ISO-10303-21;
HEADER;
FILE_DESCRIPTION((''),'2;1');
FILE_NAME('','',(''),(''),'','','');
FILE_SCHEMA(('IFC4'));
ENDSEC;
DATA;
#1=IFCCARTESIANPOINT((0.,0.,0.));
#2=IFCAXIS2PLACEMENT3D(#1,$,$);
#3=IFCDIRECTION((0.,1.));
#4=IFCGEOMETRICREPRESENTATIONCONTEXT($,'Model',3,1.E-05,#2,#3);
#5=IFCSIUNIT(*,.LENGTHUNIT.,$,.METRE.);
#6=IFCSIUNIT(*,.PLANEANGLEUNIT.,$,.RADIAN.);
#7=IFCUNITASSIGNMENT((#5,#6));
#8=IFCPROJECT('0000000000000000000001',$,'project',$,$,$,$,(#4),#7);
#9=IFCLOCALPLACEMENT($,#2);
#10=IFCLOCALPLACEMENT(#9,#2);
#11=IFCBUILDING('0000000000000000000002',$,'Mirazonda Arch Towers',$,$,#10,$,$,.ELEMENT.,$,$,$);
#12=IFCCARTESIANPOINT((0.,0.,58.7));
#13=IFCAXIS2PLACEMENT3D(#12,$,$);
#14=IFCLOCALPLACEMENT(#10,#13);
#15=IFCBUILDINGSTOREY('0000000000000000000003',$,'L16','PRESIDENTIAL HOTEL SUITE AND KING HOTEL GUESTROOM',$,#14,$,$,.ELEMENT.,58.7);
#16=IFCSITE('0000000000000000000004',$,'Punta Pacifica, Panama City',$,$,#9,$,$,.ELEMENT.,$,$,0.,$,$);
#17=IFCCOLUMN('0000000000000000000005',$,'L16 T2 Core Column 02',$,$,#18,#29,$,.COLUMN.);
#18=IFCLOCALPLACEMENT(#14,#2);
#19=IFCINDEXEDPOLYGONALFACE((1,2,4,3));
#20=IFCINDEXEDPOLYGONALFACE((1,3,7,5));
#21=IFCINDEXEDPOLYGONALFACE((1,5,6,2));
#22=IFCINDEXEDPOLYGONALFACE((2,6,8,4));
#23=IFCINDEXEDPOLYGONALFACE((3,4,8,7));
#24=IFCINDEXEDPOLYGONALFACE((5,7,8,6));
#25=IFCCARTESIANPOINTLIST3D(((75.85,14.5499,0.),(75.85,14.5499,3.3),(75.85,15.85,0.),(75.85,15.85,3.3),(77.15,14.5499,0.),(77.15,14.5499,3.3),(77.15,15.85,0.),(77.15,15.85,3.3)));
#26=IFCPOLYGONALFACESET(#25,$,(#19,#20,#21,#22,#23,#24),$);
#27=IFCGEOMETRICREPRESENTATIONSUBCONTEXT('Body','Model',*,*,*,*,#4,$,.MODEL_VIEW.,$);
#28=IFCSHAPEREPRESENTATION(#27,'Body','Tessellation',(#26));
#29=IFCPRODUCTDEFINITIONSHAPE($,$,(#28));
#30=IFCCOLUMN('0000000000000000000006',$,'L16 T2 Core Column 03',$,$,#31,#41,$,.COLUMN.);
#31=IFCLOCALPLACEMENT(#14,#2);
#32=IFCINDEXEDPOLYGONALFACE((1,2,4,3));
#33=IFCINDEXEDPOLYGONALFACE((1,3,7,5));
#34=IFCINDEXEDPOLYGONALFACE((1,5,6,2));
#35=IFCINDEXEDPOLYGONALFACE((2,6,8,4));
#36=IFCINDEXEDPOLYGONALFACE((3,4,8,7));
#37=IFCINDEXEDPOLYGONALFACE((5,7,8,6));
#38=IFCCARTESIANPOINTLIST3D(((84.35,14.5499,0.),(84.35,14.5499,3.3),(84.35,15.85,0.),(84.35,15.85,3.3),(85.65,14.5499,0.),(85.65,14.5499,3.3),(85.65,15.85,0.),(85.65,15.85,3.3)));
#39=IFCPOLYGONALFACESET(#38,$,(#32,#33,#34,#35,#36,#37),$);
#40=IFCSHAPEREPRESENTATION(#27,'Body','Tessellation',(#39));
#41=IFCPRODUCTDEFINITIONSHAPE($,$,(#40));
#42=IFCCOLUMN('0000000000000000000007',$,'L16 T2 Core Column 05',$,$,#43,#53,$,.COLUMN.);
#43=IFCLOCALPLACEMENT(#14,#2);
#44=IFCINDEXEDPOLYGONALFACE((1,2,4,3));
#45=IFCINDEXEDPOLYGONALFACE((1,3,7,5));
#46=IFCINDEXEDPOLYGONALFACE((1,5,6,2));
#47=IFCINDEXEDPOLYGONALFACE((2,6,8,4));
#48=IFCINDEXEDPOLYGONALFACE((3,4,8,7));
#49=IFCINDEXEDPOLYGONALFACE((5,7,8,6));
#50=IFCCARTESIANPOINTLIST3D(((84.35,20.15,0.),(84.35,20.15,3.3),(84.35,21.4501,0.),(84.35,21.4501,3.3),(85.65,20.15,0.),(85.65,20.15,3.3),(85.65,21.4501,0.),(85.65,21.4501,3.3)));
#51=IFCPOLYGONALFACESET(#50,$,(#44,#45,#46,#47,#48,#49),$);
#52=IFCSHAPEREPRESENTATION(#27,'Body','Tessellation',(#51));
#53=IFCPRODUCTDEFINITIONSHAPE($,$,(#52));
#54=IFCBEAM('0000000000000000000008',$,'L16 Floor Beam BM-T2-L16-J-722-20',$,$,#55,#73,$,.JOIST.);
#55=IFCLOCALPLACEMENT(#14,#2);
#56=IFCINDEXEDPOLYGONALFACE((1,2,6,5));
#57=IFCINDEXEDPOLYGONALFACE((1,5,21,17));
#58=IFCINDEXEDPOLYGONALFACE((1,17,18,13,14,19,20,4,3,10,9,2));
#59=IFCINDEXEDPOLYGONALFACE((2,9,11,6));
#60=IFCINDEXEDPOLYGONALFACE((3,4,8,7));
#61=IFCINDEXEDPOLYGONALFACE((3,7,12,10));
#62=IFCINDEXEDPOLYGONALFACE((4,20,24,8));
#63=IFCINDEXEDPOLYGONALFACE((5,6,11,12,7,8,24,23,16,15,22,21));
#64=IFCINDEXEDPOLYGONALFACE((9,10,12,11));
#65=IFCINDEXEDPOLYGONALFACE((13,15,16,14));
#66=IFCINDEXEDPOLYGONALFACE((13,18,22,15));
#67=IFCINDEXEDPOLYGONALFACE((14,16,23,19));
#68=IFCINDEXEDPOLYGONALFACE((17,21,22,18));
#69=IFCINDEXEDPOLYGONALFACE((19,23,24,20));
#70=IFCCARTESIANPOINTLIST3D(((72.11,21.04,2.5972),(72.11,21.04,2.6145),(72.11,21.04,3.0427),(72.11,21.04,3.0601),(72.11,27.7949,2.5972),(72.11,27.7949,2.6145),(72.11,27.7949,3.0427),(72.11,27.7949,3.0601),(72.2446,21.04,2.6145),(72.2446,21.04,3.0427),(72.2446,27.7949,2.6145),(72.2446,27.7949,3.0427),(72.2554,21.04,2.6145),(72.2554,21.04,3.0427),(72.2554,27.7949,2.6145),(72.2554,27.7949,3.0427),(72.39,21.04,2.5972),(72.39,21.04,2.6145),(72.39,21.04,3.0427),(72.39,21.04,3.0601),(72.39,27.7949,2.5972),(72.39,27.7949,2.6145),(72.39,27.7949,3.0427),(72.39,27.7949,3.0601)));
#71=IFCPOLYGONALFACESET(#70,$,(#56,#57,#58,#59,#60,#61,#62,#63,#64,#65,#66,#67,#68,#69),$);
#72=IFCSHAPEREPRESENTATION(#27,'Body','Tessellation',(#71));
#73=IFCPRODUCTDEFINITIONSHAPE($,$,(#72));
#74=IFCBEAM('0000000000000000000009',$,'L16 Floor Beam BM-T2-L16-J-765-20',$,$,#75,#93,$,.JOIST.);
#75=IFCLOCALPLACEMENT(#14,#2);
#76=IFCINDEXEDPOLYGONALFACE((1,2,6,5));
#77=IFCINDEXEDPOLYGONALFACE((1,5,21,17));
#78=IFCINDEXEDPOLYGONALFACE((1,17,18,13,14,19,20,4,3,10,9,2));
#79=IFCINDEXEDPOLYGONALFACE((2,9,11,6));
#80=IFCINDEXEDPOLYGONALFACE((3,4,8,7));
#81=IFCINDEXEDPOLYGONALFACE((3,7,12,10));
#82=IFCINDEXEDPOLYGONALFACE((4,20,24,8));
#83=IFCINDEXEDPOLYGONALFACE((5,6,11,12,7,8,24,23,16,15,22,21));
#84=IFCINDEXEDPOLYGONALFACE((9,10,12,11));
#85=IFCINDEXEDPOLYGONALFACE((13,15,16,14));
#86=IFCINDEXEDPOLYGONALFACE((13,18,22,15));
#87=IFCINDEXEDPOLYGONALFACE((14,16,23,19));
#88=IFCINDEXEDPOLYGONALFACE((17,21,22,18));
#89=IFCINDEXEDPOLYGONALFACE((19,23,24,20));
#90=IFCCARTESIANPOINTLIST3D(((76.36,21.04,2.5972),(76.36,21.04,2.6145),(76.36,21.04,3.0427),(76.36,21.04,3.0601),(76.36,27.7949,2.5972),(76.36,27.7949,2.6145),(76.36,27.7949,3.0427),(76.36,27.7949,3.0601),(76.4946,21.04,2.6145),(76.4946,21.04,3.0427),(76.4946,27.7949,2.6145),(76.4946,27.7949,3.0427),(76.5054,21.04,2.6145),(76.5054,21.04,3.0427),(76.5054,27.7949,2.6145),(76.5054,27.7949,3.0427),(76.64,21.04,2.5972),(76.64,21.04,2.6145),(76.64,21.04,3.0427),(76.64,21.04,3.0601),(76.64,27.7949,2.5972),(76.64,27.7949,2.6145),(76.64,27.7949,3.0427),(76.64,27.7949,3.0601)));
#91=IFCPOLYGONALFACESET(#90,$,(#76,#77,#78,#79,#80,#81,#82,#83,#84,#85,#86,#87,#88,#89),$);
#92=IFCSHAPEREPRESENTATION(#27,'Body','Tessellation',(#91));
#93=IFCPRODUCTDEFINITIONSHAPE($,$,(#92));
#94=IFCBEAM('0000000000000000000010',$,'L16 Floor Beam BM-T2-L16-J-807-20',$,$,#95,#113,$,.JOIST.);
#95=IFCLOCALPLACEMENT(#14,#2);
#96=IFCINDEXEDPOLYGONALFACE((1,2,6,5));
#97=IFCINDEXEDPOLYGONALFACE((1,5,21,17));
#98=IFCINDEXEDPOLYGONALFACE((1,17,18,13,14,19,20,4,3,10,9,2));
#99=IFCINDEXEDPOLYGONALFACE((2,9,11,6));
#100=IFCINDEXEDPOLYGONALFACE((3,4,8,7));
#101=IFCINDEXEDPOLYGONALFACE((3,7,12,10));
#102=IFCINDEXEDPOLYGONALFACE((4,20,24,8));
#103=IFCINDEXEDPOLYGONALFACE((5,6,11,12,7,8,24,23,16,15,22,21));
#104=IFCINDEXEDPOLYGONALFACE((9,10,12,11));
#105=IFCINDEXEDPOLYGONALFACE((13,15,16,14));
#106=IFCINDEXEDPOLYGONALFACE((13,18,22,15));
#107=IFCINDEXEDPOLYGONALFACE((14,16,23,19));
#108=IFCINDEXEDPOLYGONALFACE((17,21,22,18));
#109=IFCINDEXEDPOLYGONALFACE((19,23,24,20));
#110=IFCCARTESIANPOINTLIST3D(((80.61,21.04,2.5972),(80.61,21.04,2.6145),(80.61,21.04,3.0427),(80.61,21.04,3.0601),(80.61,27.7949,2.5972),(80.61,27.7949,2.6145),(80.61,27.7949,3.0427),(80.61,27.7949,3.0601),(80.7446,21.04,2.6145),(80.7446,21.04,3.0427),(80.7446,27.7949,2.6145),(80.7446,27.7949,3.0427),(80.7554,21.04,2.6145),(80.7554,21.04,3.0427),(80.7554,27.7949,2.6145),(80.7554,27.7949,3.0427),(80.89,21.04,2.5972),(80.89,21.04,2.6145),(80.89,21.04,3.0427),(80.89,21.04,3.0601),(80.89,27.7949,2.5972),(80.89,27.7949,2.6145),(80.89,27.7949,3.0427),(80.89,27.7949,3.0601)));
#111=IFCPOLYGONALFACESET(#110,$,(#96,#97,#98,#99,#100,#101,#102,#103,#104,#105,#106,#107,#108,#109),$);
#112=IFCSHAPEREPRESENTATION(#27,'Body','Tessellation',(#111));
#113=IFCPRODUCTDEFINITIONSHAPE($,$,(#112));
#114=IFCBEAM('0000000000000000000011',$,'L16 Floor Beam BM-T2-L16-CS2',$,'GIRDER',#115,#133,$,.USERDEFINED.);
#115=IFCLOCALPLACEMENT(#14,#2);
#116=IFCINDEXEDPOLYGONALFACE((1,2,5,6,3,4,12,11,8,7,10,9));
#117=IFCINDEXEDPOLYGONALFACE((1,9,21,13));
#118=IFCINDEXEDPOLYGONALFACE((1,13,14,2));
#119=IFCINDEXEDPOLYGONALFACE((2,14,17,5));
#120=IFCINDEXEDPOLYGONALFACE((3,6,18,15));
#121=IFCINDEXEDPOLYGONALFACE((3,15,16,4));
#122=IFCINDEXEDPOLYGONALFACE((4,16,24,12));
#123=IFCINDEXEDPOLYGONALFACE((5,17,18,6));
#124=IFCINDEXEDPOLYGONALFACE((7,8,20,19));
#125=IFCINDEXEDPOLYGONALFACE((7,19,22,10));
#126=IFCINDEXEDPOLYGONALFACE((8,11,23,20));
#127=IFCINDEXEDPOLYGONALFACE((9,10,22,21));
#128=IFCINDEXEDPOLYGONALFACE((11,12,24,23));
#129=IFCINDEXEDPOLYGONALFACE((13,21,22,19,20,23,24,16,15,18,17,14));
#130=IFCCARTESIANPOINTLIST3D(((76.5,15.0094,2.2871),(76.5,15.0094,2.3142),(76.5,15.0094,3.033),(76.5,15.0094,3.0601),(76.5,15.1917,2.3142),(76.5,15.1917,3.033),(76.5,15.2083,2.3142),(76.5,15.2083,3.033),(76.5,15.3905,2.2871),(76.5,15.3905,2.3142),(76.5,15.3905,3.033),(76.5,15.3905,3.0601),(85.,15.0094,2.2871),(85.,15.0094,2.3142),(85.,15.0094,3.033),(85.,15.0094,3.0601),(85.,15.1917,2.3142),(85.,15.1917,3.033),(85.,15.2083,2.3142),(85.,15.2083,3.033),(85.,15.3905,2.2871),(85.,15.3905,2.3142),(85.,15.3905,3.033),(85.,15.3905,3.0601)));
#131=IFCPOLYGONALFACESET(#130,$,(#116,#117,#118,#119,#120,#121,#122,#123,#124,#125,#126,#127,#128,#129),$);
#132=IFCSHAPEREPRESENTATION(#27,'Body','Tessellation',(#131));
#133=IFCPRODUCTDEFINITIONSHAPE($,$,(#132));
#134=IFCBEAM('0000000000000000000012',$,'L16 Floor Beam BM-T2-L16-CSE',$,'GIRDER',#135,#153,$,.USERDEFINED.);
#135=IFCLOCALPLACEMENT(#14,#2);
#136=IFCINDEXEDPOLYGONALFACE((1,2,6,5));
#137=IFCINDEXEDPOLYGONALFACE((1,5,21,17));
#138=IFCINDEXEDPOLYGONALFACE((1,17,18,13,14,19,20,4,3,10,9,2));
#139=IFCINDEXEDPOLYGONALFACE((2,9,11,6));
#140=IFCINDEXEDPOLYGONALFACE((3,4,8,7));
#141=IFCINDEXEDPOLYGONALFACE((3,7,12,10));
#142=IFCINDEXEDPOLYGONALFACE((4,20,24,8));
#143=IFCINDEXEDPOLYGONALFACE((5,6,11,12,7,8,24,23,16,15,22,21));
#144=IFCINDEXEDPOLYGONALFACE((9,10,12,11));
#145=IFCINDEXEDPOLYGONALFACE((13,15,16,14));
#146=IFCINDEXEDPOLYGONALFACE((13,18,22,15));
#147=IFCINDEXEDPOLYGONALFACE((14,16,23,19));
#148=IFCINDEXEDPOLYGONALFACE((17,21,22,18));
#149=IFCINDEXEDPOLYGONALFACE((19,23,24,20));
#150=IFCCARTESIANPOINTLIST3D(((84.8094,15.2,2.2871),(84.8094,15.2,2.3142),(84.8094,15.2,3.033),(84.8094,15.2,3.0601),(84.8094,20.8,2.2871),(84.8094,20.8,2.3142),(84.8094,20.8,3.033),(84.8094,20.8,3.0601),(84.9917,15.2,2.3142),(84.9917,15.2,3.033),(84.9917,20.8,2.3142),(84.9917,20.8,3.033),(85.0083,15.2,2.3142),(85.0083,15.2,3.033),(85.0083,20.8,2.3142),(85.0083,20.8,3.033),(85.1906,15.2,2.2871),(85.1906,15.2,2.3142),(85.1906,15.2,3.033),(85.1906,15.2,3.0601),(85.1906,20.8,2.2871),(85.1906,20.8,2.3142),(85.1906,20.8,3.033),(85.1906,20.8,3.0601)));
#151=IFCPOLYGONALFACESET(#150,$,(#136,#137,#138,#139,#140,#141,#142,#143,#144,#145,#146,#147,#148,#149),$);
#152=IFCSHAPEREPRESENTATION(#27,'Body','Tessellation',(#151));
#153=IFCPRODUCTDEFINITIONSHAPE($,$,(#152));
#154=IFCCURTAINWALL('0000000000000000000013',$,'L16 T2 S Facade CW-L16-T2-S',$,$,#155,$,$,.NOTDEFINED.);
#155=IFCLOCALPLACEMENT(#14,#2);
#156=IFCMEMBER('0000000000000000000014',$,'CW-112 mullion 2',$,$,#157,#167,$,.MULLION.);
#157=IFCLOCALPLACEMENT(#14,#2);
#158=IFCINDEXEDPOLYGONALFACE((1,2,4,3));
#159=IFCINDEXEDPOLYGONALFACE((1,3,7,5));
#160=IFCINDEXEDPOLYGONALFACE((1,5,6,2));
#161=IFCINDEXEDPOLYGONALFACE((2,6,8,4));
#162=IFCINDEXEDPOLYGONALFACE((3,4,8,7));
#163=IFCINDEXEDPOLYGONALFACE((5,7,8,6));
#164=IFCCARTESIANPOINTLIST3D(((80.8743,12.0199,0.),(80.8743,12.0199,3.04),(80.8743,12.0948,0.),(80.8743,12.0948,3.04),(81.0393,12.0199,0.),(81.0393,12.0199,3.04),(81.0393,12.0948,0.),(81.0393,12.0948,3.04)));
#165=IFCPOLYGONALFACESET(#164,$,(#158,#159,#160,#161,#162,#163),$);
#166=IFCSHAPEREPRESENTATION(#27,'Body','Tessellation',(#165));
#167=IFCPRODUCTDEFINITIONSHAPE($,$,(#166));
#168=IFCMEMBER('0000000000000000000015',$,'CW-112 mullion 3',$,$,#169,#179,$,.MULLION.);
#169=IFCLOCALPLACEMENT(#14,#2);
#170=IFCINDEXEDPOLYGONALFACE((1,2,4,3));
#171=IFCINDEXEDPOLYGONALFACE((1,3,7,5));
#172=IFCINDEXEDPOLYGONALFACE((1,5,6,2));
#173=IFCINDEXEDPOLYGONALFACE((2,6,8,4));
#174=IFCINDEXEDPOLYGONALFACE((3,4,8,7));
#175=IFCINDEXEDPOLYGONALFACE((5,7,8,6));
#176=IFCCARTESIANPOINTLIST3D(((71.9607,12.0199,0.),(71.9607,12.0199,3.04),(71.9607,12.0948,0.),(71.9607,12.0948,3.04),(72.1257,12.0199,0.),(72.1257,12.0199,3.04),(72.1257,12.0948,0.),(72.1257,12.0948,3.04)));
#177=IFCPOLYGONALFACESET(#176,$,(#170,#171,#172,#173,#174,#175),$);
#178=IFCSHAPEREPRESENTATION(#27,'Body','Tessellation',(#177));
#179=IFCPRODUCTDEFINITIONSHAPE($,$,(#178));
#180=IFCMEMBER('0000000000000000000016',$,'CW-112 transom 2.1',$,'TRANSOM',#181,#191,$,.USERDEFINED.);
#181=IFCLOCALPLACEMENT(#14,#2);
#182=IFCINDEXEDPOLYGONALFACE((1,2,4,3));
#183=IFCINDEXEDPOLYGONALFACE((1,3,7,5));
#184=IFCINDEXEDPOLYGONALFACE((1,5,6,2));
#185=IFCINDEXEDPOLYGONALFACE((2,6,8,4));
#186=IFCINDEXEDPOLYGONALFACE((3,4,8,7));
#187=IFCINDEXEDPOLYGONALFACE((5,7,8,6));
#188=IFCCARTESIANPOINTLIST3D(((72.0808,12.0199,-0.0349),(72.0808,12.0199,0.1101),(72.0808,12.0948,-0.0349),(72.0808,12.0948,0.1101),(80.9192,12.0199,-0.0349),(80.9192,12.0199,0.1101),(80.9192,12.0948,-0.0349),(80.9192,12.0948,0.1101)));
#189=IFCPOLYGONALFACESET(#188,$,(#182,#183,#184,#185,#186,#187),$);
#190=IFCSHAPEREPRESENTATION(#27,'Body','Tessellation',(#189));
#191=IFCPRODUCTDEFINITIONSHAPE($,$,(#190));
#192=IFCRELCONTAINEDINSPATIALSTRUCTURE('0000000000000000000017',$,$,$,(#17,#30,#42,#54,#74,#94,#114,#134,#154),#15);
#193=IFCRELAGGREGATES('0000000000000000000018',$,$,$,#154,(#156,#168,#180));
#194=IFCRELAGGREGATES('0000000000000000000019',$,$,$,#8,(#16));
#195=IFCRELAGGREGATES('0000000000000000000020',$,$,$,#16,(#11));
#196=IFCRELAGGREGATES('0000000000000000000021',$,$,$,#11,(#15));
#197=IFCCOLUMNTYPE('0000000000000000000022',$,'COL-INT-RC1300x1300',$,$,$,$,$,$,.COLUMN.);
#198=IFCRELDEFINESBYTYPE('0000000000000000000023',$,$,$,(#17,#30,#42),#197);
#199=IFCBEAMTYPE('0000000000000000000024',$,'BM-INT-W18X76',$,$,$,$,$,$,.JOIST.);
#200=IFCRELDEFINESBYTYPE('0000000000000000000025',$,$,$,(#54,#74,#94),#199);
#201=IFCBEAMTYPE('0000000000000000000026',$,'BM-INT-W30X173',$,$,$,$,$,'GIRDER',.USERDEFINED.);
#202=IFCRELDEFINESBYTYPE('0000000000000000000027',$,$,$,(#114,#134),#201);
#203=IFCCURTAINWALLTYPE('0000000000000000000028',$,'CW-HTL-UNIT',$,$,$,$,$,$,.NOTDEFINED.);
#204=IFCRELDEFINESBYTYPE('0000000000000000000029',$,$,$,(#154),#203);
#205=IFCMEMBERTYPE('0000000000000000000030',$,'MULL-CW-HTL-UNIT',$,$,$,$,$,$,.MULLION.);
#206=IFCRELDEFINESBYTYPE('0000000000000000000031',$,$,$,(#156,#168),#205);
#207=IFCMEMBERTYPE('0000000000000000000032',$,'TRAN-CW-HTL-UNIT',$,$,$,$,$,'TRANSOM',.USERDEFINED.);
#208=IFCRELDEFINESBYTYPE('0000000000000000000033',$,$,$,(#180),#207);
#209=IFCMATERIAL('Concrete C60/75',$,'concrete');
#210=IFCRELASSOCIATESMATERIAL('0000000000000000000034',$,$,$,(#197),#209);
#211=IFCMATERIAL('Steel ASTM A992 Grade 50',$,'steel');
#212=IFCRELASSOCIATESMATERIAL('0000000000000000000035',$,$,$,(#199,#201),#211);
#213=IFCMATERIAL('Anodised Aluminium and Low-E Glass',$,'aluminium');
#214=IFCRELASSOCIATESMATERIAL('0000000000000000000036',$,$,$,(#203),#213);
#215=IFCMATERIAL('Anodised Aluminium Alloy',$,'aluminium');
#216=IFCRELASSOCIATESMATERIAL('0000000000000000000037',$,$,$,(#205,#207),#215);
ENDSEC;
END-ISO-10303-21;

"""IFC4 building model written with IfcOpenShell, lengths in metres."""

from ifc_helpers import new_model, si_unit, direction, frame, origin, origin_2d, place, context, subcontext, project, spatial, rectangle, i_section, extrude, material, material_profile, profile_set, type_object, element, aggregate, save


model = new_model("IFC4")

# Units and contexts
model_context = context("Model", 3, precision=1e-05, world=origin(), true_north=direction((0.0, 1.0)))
body_context = subcontext(model_context, "Body", "Model", "MODEL_VIEW")
ifc_project = project(units=[si_unit("LENGTHUNIT", "METRE"), si_unit("PLANEANGLEUNIT", "RADIAN")], contexts=[model_context])

# Site, building, storey
site_placement = place(None, origin())
site = spatial("IfcSite", under=ifc_project, at=site_placement, Name="Punta Pacifica, Panama City", CompositionType="ELEMENT", RefElevation=0.0)
building_placement = place(site_placement, origin())
building = spatial("IfcBuilding", under=site, at=building_placement, Name="Mirazonda Arch Towers", CompositionType="ELEMENT")
storey_placement = place(building_placement, frame((0.0, 0.0, 58.7)))
storey = spatial("IfcBuildingStorey", under=building, at=storey_placement, Name="L16", Description="PRESIDENTIAL HOTEL SUITE AND KING HOTEL GUESTROOM", CompositionType="ELEMENT", Elevation=58.7)

# Columns
ifc_material_1 = material(Name="Concrete C60/75", Category="concrete")
ifc_material_profile_1 = material_profile(ifc_material_1, rectangle(XDim=1.3, YDim=1.3, at=origin_2d()), Name="RC1300x1300")
ifc_profile_set_1 = profile_set([ifc_material_profile_1], Name="Concrete C60/75")
column_type = type_object("IfcColumnType", Name="COL-INT-RC1300x1300", PredefinedType="COLUMN", material=ifc_profile_set_1)
for number, where, z_axis, x_axis, name in (
    (1, (76.5, 15.2, 0.0), (0.0, 0.0, 1.0), (1.0, 0.0, 0.0), "L16 T2 Core Column 02"),
    (2, (85.0, 15.2, 0.0), (0.0, 0.0, 1.0), (1.0, 0.0, 0.0), "L16 T2 Core Column 03"),
    (3, (85.0, 20.8, 0.0), (0.0, 0.0, 1.0), (1.0, 0.0, 0.0), "L16 T2 Core Column 05"),
):
    element("IfcColumn", number, at=place(storey_placement, frame(where, z_axis=z_axis, x_axis=x_axis)), inside=storey, type_object=column_type, Name=name, PredefinedType="COLUMN", context=body_context, shape_type="SweptSolid", body=[
        extrude(rectangle(XDim=1.3, YDim=1.3, at=origin_2d()), origin(), (0.0, 0.0, 1.0), 3.3),
    ])

# Beams
ifc_material_2 = material(Name="Steel ASTM A992 Grade 50", Category="steel")
ifc_material_profile_2 = material_profile(ifc_material_2, i_section(OverallWidth=0.28, OverallDepth=0.4629, WebThickness=0.0107, FlangeThickness=0.0173, at=origin_2d()), Name="W18X76")
ifc_profile_set_2 = profile_set([ifc_material_profile_2], Name="Steel ASTM A992 Grade 50")
beam_type_1 = type_object("IfcBeamType", Name="BM-INT-W18X76", PredefinedType="JOIST", material=ifc_profile_set_2)
for number, where, z_axis, x_axis, name in (
    (4, (72.25, 21.04, 2.8286), (0.0, 1.0, 0.0), (-1.0, 0.0, 0.0), "L16 Floor Beam BM-T2-L16-J-722-20"),
    (5, (76.5, 21.04, 2.8286), (0.0, 1.0, 0.0), (-1.0, 0.0, 0.0), "L16 Floor Beam BM-T2-L16-J-765-20"),
    (6, (80.75, 21.04, 2.8286), (0.0, 1.0, 0.0), (-1.0, 0.0, 0.0), "L16 Floor Beam BM-T2-L16-J-807-20"),
):
    element("IfcBeam", number, at=place(storey_placement, frame(where, z_axis=z_axis, x_axis=x_axis)), inside=storey, type_object=beam_type_1, Name=name, PredefinedType="JOIST", context=body_context, shape_type="SweptSolid", body=[
        extrude(i_section(OverallWidth=0.28, OverallDepth=0.4629, WebThickness=0.0107, FlangeThickness=0.0173, at=origin_2d()), origin(), (0.0, 0.0, 1.0), 6.7549),
    ])
ifc_material_profile_3 = material_profile(ifc_material_2, i_section(OverallWidth=0.3811, OverallDepth=0.7729, WebThickness=0.0166, FlangeThickness=0.0271, at=origin_2d()), Name="W30X173")
ifc_profile_set_3 = profile_set([ifc_material_profile_3], Name="Steel ASTM A992 Grade 50")
beam_type_2 = type_object("IfcBeamType", Name="BM-INT-W30X173", ElementType="GIRDER", PredefinedType="USERDEFINED", material=ifc_profile_set_3)
beam_1_placement = place(storey_placement, frame((76.5, 15.2, 2.6736), z_axis=(1.0, 0.0, 0.0), x_axis=(0.0, 1.0, 0.0)))
element("IfcBeam", 7, at=beam_1_placement, inside=storey, type_object=beam_type_2, Name="L16 Floor Beam BM-T2-L16-CS2", ObjectType="GIRDER", PredefinedType="USERDEFINED", context=body_context, shape_type="SweptSolid", body=[
    extrude(i_section(OverallWidth=0.3811, OverallDepth=0.7729, WebThickness=0.0166, FlangeThickness=0.0271, at=origin_2d()), origin(), (0.0, 0.0, 1.0), 8.5),
])
beam_2_placement = place(storey_placement, frame((85.0, 15.2, 2.6736), z_axis=(0.0, 1.0, 0.0), x_axis=(-1.0, 0.0, 0.0)))
element("IfcBeam", 8, at=beam_2_placement, inside=storey, type_object=beam_type_2, Name="L16 Floor Beam BM-T2-L16-CSE", ObjectType="GIRDER", PredefinedType="USERDEFINED", context=body_context, shape_type="SweptSolid", body=[
    extrude(i_section(OverallWidth=0.3811, OverallDepth=0.7729, WebThickness=0.0166, FlangeThickness=0.0271, at=origin_2d()), origin(), (0.0, 0.0, 1.0), 5.6001),
])

# Curtain wall, members
ifc_material_3 = material(Name="Anodised Aluminium and Low-E Glass", Category="aluminium")
curtain_wall_type = type_object("IfcCurtainWallType", Name="CW-HTL-UNIT", PredefinedType="NOTDEFINED", material=ifc_material_3)
curtain_wall_placement = place(storey_placement, origin())
curtain_wall = element("IfcCurtainWall", 9, at=curtain_wall_placement, inside=storey, type_object=curtain_wall_type, Name="L16 T2 S Facade CW-L16-T2-S", PredefinedType="NOTDEFINED")
ifc_material_4 = material(Name="Anodised Aluminium Alloy", Category="aluminium")
ifc_material_profile_4 = material_profile(ifc_material_4, rectangle(XDim=0.075, YDim=0.165, at=origin_2d()), Name="ALU-MULL-75x165")
ifc_profile_set_4 = profile_set([ifc_material_profile_4], Name="Anodised Aluminium Alloy")
member_type_1 = type_object("IfcMemberType", Name="MULL-CW-HTL-UNIT", PredefinedType="MULLION", material=ifc_profile_set_4)
member_1_placement = place(storey_placement, frame((80.9568, 12.0574, 0.0), z_axis=(0.0, 0.0, 1.0), x_axis=(0.0, -1.0, 0.0)))
member_1 = element("IfcMember", 10, at=member_1_placement, type_object=member_type_1, Name="CW-112 mullion 2", PredefinedType="MULLION", context=body_context, shape_type="SweptSolid", body=[
    extrude(rectangle(XDim=0.075, YDim=0.165, at=origin_2d()), origin(), (0.0, 0.0, 1.0), 3.04),
])
member_2_placement = place(storey_placement, frame((72.0432, 12.0574, 0.0), z_axis=(0.0, 0.0, 1.0), x_axis=(0.0, -1.0, 0.0)))
member_2 = element("IfcMember", 11, at=member_2_placement, type_object=member_type_1, Name="CW-112 mullion 3", PredefinedType="MULLION", context=body_context, shape_type="SweptSolid", body=[
    extrude(rectangle(XDim=0.075, YDim=0.165, at=origin_2d()), origin(), (0.0, 0.0, 1.0), 3.04),
])
ifc_material_profile_5 = material_profile(ifc_material_4, rectangle(XDim=0.075, YDim=0.145, at=origin_2d()), Name="ALU-TRAN-75x145")
ifc_profile_set_5 = profile_set([ifc_material_profile_5], Name="Anodised Aluminium Alloy")
member_type_2 = type_object("IfcMemberType", Name="TRAN-CW-HTL-UNIT", ElementType="TRANSOM", PredefinedType="USERDEFINED", material=ifc_profile_set_5)
member_3_placement = place(storey_placement, frame((80.9192, 12.0574, 0.0376), z_axis=(-1.0, 0.0, 0.0), x_axis=(0.0, -1.0, 0.0)))
member_3 = element("IfcMember", 12, at=member_3_placement, type_object=member_type_2, Name="CW-112 transom 2.1", ObjectType="TRANSOM", PredefinedType="USERDEFINED", context=body_context, shape_type="SweptSolid", body=[
    extrude(rectangle(XDim=0.075, YDim=0.145, at=origin_2d()), origin(), (0.0, 0.0, 1.0), 8.8384),
])
aggregate(curtain_wall, [member_1, member_2, member_3])

save(model, "model.ifc")
